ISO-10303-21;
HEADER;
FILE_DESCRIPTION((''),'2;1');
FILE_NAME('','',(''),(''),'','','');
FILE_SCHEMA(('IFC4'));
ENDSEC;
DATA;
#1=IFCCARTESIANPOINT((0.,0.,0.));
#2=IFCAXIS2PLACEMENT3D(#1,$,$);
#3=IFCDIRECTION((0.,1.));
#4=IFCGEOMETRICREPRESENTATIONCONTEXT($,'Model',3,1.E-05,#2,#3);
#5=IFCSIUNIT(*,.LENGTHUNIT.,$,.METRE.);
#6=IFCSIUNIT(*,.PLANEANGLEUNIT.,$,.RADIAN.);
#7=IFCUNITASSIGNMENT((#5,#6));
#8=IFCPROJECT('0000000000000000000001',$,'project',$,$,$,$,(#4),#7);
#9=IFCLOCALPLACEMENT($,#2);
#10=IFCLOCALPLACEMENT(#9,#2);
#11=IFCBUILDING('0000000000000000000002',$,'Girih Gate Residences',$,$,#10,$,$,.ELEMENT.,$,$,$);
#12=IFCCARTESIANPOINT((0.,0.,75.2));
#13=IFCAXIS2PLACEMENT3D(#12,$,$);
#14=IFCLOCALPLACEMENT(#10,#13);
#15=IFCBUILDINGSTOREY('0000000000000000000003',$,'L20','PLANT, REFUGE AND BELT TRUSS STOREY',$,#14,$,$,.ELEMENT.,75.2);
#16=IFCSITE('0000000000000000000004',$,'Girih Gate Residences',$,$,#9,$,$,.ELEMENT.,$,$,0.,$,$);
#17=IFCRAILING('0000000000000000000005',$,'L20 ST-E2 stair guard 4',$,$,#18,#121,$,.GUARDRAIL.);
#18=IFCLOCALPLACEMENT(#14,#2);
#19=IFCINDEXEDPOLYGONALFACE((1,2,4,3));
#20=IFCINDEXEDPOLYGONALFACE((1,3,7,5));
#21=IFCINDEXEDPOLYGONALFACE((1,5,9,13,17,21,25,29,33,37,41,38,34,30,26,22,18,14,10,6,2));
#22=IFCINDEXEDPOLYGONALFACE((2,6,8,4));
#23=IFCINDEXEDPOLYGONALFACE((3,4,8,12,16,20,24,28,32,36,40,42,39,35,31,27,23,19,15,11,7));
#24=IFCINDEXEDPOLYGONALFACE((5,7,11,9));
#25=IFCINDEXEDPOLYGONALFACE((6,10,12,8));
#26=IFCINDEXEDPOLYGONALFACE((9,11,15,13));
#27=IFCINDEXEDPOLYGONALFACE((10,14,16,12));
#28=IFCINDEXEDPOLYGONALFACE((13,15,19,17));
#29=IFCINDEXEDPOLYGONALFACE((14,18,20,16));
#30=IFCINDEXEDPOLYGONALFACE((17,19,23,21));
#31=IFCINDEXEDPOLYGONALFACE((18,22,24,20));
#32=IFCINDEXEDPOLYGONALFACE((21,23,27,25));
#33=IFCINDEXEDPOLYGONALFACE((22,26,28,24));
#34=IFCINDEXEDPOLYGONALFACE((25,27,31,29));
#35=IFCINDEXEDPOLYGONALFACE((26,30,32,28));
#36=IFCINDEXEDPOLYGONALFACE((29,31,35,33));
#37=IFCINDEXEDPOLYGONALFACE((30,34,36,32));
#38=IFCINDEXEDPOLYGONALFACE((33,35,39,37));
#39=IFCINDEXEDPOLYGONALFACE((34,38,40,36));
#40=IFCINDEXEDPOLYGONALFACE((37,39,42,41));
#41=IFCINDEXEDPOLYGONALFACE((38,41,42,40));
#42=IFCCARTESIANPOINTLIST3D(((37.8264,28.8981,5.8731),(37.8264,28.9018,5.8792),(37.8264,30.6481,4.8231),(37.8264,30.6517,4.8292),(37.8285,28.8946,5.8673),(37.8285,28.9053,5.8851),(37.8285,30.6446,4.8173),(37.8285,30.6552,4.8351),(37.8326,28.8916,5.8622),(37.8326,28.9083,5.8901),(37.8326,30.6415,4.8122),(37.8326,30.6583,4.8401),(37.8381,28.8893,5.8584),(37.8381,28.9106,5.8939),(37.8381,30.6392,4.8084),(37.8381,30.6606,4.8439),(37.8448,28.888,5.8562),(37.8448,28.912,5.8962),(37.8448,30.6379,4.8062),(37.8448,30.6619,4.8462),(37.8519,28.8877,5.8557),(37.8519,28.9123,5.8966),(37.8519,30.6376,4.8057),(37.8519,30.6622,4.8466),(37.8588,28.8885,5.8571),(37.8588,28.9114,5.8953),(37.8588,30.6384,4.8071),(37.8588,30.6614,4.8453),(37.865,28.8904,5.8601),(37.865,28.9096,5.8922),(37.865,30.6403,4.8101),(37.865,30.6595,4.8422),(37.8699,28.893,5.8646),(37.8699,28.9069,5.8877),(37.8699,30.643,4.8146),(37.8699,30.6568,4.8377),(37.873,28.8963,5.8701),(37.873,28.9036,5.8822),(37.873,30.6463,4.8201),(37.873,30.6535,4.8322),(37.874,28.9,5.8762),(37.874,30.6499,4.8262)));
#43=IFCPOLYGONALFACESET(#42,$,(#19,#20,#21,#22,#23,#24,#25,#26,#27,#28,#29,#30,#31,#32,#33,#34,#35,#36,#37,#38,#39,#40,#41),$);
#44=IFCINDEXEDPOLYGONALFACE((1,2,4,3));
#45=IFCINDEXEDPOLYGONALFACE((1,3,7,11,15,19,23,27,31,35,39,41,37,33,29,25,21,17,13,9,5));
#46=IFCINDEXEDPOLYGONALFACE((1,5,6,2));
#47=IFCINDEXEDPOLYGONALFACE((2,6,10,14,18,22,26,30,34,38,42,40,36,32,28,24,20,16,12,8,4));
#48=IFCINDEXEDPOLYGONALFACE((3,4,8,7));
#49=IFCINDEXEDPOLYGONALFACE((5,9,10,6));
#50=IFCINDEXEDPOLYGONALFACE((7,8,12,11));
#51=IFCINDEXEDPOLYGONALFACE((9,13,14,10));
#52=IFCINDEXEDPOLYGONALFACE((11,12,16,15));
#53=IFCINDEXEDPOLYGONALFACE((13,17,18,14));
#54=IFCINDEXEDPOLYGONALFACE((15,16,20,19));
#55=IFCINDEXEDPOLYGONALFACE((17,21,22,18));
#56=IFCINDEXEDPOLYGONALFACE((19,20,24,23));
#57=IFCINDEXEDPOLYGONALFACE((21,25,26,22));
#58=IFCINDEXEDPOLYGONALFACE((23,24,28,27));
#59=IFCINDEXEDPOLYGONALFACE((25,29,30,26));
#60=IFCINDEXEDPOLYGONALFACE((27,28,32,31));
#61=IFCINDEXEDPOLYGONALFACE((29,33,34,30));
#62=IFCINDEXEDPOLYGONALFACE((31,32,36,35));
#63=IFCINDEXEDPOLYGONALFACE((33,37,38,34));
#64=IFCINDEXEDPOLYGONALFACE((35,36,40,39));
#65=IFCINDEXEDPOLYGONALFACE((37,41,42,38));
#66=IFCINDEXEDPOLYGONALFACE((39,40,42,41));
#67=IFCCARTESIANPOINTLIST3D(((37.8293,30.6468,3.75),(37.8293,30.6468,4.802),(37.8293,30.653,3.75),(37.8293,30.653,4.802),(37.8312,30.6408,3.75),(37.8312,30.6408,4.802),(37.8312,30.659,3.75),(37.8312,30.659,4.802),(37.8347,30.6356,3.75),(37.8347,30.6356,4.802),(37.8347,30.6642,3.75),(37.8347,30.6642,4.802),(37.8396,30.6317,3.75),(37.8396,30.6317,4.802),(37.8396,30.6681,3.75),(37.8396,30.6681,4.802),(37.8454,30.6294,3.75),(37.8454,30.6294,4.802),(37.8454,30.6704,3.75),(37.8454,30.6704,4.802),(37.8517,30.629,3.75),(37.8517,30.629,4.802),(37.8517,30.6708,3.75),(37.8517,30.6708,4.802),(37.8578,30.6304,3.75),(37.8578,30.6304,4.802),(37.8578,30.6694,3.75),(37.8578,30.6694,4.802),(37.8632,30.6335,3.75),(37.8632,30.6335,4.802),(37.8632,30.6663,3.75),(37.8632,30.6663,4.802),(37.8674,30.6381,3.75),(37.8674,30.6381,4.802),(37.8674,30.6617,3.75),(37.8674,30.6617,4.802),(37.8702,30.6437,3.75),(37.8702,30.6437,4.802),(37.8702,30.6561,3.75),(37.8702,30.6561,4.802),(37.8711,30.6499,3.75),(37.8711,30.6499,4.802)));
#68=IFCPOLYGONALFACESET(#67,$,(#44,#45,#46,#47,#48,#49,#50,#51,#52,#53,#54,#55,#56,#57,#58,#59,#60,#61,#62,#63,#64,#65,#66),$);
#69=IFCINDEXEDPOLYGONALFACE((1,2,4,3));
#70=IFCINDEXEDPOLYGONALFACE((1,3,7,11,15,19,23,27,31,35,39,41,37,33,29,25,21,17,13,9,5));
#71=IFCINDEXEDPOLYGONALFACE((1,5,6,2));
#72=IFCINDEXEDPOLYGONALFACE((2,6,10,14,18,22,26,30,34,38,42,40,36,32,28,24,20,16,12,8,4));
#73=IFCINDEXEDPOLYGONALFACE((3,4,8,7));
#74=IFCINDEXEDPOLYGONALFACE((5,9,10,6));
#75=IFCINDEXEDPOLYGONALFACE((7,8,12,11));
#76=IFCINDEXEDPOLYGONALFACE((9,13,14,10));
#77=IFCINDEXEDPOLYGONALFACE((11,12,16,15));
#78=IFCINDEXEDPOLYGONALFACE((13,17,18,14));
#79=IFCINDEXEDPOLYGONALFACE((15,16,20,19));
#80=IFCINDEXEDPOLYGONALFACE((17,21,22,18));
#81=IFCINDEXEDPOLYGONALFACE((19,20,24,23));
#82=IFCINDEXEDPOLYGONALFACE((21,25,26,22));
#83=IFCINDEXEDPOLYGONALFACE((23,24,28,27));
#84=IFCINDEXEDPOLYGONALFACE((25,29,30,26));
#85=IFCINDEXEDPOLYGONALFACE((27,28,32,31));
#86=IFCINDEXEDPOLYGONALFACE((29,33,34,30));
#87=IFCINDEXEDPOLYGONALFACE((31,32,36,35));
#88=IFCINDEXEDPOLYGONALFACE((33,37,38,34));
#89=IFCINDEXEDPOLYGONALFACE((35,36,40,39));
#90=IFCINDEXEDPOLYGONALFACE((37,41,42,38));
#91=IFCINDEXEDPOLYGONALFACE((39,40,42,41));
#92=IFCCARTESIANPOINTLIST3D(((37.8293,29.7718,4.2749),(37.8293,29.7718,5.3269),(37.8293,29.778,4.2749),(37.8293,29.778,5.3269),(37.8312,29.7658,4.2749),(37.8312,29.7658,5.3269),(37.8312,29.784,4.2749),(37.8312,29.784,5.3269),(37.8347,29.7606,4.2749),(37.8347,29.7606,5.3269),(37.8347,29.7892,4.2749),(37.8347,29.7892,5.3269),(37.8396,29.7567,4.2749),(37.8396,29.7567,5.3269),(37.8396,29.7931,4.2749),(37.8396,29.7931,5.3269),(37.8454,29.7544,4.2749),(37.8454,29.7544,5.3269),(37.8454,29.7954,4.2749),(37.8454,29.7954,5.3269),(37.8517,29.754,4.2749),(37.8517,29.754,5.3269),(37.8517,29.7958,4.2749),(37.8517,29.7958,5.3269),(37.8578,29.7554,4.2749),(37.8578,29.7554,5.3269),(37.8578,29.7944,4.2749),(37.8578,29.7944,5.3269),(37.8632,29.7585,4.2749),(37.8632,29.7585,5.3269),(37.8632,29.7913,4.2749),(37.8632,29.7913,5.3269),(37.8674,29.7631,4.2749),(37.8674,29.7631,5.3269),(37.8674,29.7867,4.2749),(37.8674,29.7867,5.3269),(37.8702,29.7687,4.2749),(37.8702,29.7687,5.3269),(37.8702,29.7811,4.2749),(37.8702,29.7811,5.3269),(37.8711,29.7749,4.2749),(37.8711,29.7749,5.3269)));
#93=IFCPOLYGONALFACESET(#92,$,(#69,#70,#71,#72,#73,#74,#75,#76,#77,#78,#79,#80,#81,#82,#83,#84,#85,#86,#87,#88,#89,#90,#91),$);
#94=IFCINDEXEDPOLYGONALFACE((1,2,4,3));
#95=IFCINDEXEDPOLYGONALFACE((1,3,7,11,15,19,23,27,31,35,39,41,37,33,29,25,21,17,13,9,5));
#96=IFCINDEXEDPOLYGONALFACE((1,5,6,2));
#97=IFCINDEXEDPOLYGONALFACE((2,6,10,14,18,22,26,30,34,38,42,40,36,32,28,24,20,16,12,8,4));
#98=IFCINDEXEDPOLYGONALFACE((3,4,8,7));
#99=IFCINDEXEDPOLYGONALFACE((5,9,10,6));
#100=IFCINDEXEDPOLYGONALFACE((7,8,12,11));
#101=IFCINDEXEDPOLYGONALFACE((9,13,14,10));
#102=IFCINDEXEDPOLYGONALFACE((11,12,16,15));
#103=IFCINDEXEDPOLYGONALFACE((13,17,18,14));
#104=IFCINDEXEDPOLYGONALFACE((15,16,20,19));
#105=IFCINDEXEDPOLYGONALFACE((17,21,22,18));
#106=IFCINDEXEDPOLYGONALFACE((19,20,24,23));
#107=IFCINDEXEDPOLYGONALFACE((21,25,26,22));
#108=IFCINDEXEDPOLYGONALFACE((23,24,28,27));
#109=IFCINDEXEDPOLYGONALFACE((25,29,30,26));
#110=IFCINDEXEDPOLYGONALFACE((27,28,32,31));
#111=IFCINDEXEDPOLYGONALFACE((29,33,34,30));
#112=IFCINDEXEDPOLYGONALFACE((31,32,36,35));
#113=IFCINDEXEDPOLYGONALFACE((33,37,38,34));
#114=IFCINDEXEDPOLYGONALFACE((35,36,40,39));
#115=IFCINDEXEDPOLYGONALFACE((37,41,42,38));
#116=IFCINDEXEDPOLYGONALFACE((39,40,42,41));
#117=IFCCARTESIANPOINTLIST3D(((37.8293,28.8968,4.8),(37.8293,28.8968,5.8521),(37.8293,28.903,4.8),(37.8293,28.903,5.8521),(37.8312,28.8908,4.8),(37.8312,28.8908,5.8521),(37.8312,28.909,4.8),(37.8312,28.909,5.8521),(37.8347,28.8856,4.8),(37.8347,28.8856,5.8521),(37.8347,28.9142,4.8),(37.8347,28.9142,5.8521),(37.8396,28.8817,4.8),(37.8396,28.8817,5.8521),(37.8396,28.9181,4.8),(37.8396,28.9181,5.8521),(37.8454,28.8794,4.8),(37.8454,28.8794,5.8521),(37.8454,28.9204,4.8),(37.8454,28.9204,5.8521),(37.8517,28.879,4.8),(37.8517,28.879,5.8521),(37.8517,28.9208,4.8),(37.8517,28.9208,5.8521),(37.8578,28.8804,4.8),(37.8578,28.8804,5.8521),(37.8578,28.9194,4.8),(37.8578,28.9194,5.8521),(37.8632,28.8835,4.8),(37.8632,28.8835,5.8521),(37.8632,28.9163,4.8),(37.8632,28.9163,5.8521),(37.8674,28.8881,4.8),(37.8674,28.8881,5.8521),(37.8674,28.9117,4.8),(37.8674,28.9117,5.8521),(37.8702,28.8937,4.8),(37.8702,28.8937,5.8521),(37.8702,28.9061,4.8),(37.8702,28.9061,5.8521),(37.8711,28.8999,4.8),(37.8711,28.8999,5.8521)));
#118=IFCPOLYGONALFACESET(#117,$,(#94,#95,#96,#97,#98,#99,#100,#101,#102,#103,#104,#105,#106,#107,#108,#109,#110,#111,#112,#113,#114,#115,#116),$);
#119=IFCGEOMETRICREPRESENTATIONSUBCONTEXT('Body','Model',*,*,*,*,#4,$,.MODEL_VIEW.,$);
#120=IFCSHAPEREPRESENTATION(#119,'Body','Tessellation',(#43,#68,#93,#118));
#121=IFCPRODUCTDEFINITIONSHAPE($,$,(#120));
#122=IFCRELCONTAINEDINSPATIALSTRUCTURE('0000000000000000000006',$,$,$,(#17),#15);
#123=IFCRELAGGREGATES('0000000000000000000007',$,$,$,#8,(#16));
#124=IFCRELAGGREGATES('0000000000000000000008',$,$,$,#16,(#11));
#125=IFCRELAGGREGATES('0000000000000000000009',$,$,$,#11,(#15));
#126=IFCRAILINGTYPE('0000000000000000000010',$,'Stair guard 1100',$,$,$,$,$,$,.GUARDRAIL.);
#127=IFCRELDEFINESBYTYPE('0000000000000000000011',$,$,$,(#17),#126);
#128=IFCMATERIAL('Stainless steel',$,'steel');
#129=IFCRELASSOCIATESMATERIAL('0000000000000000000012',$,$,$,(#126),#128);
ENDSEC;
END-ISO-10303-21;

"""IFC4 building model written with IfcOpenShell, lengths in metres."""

from ifc_helpers import new_model, si_unit, direction, frame, origin, origin_2d, place, context, subcontext, project, spatial, circle, extrude, material, type_object, element, save


model = new_model("IFC4")

# Units and contexts
model_context = context("Model", 3, precision=1e-05, world=origin(), true_north=direction((0.0, 1.0)))
body_context = subcontext(model_context, "Body", "Model", "MODEL_VIEW")
ifc_project = project(units=[si_unit("LENGTHUNIT", "METRE"), si_unit("PLANEANGLEUNIT", "RADIAN")], contexts=[model_context])

# Site, building, storey
site_placement = place(None, origin())
site = spatial("IfcSite", under=ifc_project, at=site_placement, Name="Girih Gate Residences", CompositionType="ELEMENT", RefElevation=0.0)
building_placement = place(site_placement, origin())
building = spatial("IfcBuilding", under=site, at=building_placement, Name="Girih Gate Residences", CompositionType="ELEMENT")
storey_placement = place(building_placement, frame((0.0, 0.0, 75.2)))
storey = spatial("IfcBuildingStorey", under=building, at=storey_placement, Name="L20", Description="PLANT, REFUGE AND BELT TRUSS STOREY", CompositionType="ELEMENT", Elevation=75.2)

# Railing
ifc_material_1 = material(Name="Stainless steel", Category="steel")
railing_type_1 = type_object("IfcRailingType", Name="Stair guard 1100", PredefinedType="GUARDRAIL", material=ifc_material_1)
for number, where, name in (
    (1, (37.8501, 30.6499, 3.75), "L20 ST-E2 stair guard 4"),
):
    element("IfcRailing", number, at=place(storey_placement, frame(where)), inside=storey, type_object=railing_type_1, Name=name, PredefinedType="GUARDRAIL", context=body_context, shape_type="SweptSolid", body=[
        extrude(circle(Radius=0.0239, at=origin_2d()), frame((0.0, 0.0, 1.0762), z_axis=(0.0, -0.857482, 0.514513), x_axis=(1.0, 0.0, 0.0)), (0.0, 0.0, 1.0), 2.0408),
        extrude(circle(Radius=0.021, at=origin_2d()), origin(), (0.0, 0.0, 1.0), 1.052),
        extrude(circle(Radius=0.021, at=origin_2d()), frame((0.0, -0.875, 0.5249)), (0.0, 0.0, 1.0), 1.052),
        extrude(circle(Radius=0.021, at=origin_2d()), frame((0.0, -1.75, 1.05)), (0.0, 0.0, 1.0), 1.052),
    ])

save(model, "model.ifc")
